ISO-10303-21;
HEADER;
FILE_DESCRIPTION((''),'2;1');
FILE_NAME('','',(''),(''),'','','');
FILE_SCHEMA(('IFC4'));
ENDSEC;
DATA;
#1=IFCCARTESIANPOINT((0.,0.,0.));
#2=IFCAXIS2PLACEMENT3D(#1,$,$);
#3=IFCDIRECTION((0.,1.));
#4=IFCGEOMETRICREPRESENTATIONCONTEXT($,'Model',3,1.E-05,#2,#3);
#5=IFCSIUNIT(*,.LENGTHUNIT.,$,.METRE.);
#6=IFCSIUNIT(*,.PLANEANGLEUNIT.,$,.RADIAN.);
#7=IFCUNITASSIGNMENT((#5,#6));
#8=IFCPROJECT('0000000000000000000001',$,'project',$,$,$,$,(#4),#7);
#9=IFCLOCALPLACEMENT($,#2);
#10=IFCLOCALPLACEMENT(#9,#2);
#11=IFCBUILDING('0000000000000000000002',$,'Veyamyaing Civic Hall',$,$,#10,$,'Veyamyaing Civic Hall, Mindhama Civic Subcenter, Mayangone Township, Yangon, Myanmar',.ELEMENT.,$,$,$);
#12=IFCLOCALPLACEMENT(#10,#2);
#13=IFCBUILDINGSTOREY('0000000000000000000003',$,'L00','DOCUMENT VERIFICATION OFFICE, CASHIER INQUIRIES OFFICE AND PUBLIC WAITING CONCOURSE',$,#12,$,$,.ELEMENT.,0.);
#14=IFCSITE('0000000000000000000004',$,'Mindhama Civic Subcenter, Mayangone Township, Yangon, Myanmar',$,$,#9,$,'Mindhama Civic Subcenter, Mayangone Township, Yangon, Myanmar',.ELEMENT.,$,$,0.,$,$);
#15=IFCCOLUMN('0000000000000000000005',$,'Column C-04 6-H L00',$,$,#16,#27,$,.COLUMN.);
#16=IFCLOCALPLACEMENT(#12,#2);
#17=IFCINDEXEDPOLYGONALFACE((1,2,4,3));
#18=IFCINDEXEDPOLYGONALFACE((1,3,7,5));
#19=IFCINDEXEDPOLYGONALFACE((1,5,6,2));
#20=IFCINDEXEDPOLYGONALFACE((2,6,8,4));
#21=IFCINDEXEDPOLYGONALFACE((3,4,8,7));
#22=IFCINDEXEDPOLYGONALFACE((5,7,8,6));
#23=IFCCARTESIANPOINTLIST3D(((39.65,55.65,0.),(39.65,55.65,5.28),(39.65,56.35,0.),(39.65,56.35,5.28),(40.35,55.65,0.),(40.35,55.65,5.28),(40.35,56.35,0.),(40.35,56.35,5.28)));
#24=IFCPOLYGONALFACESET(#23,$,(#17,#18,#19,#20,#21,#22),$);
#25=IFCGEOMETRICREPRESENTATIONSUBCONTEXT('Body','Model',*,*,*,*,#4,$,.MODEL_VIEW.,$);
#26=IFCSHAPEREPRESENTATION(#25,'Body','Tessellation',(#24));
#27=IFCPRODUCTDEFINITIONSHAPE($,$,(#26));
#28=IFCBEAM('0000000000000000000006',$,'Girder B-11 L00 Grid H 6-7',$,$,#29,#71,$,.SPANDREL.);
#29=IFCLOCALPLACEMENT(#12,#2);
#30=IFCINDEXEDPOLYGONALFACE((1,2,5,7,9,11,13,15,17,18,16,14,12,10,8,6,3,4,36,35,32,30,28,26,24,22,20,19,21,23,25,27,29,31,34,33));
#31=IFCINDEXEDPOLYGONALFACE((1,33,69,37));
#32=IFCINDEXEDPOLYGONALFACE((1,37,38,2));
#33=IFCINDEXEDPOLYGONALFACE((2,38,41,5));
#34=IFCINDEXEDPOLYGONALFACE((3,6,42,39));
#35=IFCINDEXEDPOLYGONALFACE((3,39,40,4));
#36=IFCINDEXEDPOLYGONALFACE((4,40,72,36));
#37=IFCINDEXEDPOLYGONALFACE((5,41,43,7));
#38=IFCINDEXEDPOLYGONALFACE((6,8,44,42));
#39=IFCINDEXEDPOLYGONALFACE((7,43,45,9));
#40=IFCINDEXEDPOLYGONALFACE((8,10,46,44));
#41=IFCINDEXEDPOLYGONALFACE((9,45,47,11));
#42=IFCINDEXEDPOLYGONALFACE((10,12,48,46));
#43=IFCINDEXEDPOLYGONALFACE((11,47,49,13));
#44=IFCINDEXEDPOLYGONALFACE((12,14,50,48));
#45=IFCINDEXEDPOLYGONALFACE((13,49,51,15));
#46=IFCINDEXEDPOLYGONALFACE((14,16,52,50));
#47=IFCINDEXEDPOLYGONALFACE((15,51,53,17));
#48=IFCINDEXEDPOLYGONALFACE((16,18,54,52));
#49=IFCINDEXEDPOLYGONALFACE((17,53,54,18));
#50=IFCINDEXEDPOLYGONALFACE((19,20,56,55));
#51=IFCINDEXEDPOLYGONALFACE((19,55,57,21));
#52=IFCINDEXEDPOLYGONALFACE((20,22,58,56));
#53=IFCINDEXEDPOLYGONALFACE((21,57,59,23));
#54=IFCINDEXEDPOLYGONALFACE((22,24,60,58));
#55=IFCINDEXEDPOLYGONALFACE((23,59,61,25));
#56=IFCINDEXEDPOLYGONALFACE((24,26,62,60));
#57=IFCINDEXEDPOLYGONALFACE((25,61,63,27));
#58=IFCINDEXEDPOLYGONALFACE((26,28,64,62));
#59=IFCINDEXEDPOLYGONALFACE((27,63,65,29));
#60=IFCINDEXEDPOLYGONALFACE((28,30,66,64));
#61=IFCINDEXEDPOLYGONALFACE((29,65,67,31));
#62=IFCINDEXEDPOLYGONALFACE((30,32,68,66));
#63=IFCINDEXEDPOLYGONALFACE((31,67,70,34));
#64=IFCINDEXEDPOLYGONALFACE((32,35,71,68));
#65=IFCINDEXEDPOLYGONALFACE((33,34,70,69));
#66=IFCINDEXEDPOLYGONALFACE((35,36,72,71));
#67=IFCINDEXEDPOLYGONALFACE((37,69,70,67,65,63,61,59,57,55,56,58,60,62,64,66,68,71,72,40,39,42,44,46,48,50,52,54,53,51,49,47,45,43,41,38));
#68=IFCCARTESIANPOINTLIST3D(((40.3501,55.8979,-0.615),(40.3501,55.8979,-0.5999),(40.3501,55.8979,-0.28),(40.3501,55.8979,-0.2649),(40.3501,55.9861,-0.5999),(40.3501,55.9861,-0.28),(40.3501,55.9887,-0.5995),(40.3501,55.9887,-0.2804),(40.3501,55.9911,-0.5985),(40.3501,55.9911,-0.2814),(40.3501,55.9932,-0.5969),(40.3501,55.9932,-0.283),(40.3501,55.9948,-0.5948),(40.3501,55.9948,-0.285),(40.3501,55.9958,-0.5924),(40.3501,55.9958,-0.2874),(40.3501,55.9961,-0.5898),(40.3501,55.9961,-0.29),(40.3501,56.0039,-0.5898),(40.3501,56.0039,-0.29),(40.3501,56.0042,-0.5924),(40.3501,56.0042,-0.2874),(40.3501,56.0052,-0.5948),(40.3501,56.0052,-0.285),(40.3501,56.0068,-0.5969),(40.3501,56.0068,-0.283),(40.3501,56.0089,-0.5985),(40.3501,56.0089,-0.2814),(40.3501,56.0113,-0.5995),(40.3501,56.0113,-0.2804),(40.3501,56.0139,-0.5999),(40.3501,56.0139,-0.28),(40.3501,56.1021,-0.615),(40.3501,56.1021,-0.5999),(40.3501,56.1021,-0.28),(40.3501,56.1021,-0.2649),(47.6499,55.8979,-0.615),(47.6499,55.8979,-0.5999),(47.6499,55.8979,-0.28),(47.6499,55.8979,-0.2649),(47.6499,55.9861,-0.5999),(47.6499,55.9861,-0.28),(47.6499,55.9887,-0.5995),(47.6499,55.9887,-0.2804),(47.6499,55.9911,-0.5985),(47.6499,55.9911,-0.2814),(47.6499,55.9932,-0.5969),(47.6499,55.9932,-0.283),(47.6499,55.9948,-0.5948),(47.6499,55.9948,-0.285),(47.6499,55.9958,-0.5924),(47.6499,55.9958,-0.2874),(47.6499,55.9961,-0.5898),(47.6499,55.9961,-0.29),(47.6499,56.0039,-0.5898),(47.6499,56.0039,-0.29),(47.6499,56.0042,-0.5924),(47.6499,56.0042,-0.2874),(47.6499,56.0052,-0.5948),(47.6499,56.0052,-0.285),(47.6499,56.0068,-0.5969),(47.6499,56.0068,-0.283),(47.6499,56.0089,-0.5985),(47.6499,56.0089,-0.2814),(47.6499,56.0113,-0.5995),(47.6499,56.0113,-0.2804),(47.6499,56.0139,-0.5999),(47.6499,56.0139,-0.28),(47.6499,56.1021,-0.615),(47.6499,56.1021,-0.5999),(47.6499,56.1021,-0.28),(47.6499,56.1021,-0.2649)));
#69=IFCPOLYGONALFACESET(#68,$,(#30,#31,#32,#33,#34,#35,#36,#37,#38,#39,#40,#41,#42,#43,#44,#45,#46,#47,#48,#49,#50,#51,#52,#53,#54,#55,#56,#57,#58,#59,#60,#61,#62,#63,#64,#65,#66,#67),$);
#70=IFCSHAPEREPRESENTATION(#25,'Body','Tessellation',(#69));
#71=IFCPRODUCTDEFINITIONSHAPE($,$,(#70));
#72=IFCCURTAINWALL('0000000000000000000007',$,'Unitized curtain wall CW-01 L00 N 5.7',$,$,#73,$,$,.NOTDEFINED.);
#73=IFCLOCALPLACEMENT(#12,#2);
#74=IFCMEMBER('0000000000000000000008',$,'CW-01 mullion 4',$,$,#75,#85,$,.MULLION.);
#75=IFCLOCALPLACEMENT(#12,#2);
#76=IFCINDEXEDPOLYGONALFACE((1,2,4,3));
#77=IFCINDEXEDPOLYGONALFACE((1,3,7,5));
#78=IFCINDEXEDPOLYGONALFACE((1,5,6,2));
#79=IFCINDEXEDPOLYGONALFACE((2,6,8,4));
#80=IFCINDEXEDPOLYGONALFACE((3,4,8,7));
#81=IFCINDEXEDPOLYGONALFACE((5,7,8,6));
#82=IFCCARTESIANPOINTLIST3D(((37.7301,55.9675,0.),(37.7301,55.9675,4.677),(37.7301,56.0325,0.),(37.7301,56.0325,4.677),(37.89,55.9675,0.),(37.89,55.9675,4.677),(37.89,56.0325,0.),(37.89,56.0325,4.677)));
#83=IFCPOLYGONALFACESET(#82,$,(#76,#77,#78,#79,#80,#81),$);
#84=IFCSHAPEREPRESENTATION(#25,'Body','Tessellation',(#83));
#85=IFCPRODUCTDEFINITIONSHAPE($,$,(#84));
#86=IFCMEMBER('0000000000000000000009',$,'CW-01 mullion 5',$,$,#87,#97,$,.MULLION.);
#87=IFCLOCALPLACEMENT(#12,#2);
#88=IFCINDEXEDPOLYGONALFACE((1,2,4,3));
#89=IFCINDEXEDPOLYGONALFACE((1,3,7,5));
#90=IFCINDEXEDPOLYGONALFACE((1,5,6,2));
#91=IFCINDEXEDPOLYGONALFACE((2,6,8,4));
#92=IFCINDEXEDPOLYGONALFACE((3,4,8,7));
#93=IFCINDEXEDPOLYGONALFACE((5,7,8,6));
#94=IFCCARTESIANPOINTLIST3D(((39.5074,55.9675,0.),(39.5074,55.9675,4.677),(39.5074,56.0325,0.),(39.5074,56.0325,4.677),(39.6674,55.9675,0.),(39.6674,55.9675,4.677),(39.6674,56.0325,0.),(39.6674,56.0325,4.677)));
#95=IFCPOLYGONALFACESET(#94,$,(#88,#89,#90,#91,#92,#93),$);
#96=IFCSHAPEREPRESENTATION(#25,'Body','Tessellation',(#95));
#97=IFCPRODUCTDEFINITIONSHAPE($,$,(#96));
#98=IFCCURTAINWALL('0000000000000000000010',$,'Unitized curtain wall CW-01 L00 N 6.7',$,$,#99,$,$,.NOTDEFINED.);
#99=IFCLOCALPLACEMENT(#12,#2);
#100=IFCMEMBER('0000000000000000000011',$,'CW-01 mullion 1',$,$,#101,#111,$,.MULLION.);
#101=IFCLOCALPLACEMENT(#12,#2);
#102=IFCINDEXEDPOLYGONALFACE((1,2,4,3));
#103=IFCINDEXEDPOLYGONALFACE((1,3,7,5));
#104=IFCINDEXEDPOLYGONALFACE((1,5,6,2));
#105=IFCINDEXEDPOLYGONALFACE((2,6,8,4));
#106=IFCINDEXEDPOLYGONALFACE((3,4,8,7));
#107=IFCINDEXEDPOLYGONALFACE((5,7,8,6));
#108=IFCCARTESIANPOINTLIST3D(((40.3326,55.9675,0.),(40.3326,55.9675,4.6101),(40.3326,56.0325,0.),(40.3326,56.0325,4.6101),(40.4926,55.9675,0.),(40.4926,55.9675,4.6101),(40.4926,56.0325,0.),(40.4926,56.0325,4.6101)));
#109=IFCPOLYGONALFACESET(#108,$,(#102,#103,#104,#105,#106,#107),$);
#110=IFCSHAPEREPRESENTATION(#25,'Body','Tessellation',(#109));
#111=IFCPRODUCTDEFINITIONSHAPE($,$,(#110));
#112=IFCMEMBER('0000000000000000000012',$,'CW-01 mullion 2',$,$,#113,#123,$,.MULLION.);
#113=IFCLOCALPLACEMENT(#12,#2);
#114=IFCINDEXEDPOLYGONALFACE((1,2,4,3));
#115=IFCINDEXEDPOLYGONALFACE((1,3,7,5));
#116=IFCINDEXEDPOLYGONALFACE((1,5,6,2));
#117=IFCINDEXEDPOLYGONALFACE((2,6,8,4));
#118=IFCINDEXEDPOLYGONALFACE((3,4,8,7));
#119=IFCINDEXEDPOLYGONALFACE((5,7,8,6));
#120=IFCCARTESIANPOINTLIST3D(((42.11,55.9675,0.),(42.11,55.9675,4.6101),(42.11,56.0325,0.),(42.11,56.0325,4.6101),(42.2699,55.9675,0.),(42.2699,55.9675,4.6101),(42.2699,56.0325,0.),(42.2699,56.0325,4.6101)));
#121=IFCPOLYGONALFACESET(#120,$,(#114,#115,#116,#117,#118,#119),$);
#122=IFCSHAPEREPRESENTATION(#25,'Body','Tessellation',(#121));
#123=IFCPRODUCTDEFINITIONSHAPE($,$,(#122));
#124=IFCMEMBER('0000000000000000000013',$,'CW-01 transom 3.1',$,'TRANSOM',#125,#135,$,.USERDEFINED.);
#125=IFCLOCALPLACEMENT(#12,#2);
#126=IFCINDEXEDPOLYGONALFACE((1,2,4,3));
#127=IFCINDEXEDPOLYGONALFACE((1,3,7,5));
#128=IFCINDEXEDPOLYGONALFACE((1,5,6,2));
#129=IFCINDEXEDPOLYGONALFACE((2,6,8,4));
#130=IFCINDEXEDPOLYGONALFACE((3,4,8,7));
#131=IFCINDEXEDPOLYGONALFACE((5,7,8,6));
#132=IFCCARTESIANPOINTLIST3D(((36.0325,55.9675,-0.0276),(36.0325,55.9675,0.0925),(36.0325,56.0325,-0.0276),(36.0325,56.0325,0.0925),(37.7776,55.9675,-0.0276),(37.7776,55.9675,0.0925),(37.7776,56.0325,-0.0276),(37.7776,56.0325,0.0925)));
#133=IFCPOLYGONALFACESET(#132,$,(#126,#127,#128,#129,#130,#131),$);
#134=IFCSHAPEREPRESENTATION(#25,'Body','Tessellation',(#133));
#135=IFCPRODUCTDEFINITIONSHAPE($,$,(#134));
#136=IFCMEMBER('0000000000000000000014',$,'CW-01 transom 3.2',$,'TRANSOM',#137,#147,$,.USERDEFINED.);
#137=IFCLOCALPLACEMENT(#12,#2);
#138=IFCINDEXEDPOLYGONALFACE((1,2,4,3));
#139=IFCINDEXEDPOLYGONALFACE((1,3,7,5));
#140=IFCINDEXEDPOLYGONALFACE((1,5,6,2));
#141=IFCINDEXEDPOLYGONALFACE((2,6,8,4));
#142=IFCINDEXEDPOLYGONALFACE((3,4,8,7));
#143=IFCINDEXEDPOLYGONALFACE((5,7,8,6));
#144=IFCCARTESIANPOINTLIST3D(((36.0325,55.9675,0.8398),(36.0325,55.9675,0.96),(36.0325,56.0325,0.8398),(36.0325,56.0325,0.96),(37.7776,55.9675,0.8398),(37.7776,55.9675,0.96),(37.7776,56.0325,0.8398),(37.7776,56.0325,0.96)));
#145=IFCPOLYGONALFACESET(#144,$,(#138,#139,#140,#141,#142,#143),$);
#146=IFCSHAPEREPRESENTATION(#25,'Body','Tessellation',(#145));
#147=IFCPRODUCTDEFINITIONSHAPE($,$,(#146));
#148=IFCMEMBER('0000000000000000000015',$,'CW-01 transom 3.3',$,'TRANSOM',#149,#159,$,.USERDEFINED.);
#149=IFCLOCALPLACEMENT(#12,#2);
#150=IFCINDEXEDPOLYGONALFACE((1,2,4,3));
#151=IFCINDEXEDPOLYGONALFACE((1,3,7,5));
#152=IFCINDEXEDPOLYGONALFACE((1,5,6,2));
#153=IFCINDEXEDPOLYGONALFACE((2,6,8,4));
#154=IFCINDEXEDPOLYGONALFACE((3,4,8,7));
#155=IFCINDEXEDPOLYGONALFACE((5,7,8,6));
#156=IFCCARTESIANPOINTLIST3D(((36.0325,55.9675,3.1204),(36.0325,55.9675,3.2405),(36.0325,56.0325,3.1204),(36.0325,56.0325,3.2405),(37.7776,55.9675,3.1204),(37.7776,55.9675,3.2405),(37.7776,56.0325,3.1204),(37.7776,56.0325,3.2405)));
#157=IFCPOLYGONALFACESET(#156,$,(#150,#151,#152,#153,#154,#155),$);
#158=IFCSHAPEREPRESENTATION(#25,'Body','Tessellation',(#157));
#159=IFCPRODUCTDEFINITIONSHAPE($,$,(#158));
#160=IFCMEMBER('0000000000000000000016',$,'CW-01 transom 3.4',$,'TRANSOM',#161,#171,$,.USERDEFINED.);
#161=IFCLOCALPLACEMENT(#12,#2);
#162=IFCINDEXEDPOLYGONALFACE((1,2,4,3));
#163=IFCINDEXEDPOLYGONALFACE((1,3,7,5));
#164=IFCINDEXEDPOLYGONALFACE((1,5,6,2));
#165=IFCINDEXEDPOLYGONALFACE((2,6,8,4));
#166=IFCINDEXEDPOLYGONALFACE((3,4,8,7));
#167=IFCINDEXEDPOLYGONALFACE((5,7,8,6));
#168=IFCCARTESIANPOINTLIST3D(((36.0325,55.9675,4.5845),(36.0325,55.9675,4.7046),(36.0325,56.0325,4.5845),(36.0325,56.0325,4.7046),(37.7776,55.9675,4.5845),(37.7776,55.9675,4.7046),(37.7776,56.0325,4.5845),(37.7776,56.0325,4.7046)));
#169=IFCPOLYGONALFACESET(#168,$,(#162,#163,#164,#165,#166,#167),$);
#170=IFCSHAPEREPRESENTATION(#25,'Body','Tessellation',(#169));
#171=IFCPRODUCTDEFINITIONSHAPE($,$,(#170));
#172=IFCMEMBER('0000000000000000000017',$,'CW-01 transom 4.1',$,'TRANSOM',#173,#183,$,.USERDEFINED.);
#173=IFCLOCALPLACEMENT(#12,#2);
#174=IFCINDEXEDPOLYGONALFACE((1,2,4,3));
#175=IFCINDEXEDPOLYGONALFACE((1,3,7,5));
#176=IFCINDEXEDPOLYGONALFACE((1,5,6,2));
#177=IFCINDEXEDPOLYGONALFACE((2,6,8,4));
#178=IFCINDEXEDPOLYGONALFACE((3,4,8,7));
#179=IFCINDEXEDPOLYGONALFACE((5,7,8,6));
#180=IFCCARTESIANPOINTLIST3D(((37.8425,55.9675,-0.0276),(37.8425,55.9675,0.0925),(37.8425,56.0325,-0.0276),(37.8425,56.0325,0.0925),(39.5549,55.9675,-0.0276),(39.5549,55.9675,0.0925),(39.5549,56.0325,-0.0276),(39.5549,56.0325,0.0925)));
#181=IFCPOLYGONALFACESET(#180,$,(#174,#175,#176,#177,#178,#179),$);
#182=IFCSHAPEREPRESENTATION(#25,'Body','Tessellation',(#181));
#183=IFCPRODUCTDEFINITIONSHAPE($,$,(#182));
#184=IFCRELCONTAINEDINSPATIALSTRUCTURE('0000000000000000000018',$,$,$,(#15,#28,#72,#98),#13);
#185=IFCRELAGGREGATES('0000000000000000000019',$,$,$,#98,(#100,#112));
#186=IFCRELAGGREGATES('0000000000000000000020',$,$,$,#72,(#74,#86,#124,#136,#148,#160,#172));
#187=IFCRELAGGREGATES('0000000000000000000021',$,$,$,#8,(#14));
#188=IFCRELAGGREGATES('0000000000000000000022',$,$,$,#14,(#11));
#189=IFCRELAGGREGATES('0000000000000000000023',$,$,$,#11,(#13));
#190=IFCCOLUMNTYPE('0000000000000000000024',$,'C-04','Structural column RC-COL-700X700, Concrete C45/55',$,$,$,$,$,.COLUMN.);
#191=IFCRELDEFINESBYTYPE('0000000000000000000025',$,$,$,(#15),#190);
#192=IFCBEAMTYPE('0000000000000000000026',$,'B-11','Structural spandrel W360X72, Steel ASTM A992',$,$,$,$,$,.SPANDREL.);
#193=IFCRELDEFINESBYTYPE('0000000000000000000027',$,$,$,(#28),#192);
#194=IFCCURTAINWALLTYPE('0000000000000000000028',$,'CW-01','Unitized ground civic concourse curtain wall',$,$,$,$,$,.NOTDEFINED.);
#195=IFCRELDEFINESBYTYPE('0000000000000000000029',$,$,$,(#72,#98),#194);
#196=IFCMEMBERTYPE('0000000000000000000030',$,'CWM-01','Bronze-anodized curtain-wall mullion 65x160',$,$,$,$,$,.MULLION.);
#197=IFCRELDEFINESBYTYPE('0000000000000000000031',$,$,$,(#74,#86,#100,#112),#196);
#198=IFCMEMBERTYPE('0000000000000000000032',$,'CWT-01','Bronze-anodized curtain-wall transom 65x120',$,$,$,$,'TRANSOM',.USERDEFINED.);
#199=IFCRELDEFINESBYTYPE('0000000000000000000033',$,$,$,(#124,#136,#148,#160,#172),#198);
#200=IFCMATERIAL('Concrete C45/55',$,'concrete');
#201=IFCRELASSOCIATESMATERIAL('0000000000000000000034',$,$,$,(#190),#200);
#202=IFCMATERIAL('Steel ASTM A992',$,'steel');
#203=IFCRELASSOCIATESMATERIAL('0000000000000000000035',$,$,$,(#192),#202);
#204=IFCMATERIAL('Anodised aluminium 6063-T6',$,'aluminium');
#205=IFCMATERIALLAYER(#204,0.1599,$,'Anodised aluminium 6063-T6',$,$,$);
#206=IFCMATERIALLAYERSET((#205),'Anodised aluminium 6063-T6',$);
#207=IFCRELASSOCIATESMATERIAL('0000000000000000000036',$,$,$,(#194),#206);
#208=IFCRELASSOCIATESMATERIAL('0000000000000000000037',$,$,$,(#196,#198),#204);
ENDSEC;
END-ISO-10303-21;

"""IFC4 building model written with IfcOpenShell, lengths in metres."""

from ifc_helpers import new_model, si_unit, direction, frame, origin, origin_2d, place, context, subcontext, project, spatial, rectangle, i_section, extrude, material, layer, layer_set, material_profile, profile_set, type_object, element, aggregate, save


model = new_model("IFC4")

# Units and contexts
model_context = context("Model", 3, precision=1e-05, world=origin(), true_north=direction((0.0, 1.0)))
body_context = subcontext(model_context, "Body", "Model", "MODEL_VIEW")
ifc_project = project(units=[si_unit("LENGTHUNIT", "METRE"), si_unit("PLANEANGLEUNIT", "RADIAN")], contexts=[model_context])

# Site, building, storey
site_placement = place(None, origin())
site = spatial("IfcSite", under=ifc_project, at=site_placement, Name="Mindhama Civic Subcenter, Mayangone Township, Yangon, Myanmar", LongName="Mindhama Civic Subcenter, Mayangone Township, Yangon, Myanmar", CompositionType="ELEMENT", RefElevation=0.0)
building_placement = place(site_placement, origin())
building = spatial("IfcBuilding", under=site, at=building_placement, Name="Veyamyaing Civic Hall", LongName="Veyamyaing Civic Hall, Mindhama Civic Subcenter, Mayangone Township, Yangon, Myanmar", CompositionType="ELEMENT")
storey_placement = place(building_placement, origin())
storey = spatial("IfcBuildingStorey", under=building, at=storey_placement, Name="L00", Description="DOCUMENT VERIFICATION OFFICE, CASHIER INQUIRIES OFFICE AND PUBLIC WAITING CONCOURSE", CompositionType="ELEMENT", Elevation=0.0)

# Column
ifc_material_1 = material(Name="Concrete C45/55", Category="concrete")
ifc_material_profile_1 = material_profile(ifc_material_1, rectangle(XDim=0.7, YDim=0.7, at=origin_2d()), Name="RC-COL-700X700")
ifc_profile_set_1 = profile_set([ifc_material_profile_1], Name="Concrete C45/55")
column_type = type_object("IfcColumnType", Name="C-04", Description="Structural column RC-COL-700X700, Concrete C45/55", PredefinedType="COLUMN", material=ifc_profile_set_1)
column_placement = place(storey_placement, frame((40.0, 56.0, 0.0), z_axis=(0.0, 0.0, 1.0), x_axis=(1.0, 0.0, 0.0)))
element("IfcColumn", 1, at=column_placement, inside=storey, type_object=column_type, Name="Column C-04 6-H L00", PredefinedType="COLUMN", context=body_context, shape_type="SweptSolid", body=[
    extrude(rectangle(XDim=0.7, YDim=0.7, at=origin_2d()), origin(), (0.0, 0.0, 1.0), 5.28),
])

# Beam
ifc_material_2 = material(Name="Steel ASTM A992", Category="steel")
ifc_material_profile_2 = material_profile(ifc_material_2, i_section(OverallWidth=0.2041, OverallDepth=0.3501, WebThickness=0.0078, FlangeThickness=0.0151, FilletRadius=0.01, at=origin_2d()), Name="W360X72")
ifc_profile_set_2 = profile_set([ifc_material_profile_2], Name="Steel ASTM A992")
beam_type_1 = type_object("IfcBeamType", Name="B-11", Description="Structural spandrel W360X72, Steel ASTM A992", PredefinedType="SPANDREL", material=ifc_profile_set_2)
beam_1_placement = place(storey_placement, frame((40.3501, 56.0, -0.4399), z_axis=(1.0, 0.0, 0.0), x_axis=(0.0, 1.0, 0.0)))
element("IfcBeam", 2, at=beam_1_placement, inside=storey, type_object=beam_type_1, Name="Girder B-11 L00 Grid H 6-7", PredefinedType="SPANDREL", context=body_context, shape_type="SweptSolid", body=[
    extrude(i_section(OverallWidth=0.2041, OverallDepth=0.3501, WebThickness=0.0078, FlangeThickness=0.0151, FilletRadius=0.01, at=origin_2d()), origin(), (0.0, 0.0, 1.0), 7.2998),
])

# Curtain walls, members
ifc_material_3 = material(Name="Anodised aluminium 6063-T6", Category="aluminium")
ifc_layer_1 = layer(ifc_material_3, 0.1599, Name="Anodised aluminium 6063-T6")
ifc_layer_set_1 = layer_set([ifc_layer_1], Name="Anodised aluminium 6063-T6")
curtain_wall_type = type_object("IfcCurtainWallType", Name="CW-01", Description="Unitized ground civic concourse curtain wall", PredefinedType="NOTDEFINED", material=ifc_layer_set_1)
curtain_wall_1_placement = place(storey_placement, origin())
curtain_wall_1 = element("IfcCurtainWall", 3, at=curtain_wall_1_placement, inside=storey, type_object=curtain_wall_type, Name="Unitized curtain wall CW-01 L00 N 5.7", PredefinedType="NOTDEFINED")
ifc_material_profile_3 = material_profile(ifc_material_3, rectangle(XDim=0.0649, YDim=0.1599, at=origin_2d()), Name="ALU-MUL-65X160")
ifc_profile_set_3 = profile_set([ifc_material_profile_3], Name="Anodised aluminium 6063-T6")
member_type_1 = type_object("IfcMemberType", Name="CWM-01", Description="Bronze-anodized curtain-wall mullion 65x160", PredefinedType="MULLION", material=ifc_profile_set_3)
member_1_placement = place(storey_placement, frame((37.8101, 56.0, 0.0), z_axis=(0.0, 0.0, 1.0), x_axis=(0.0, 1.0, 0.0)))
member_1 = element("IfcMember", 4, at=member_1_placement, type_object=member_type_1, Name="CW-01 mullion 4", PredefinedType="MULLION", context=body_context, shape_type="SweptSolid", body=[
    extrude(rectangle(XDim=0.0649, YDim=0.1599, at=origin_2d()), origin(), (0.0, 0.0, 1.0), 4.677),
])
member_2_placement = place(storey_placement, frame((39.5874, 56.0, 0.0), z_axis=(0.0, 0.0, 1.0), x_axis=(0.0, 1.0, 0.0)))
member_2 = element("IfcMember", 5, at=member_2_placement, type_object=member_type_1, Name="CW-01 mullion 5", PredefinedType="MULLION", context=body_context, shape_type="SweptSolid", body=[
    extrude(rectangle(XDim=0.0649, YDim=0.1599, at=origin_2d()), origin(), (0.0, 0.0, 1.0), 4.677),
])
curtain_wall_2_placement = place(storey_placement, origin())
curtain_wall_2 = element("IfcCurtainWall", 6, at=curtain_wall_2_placement, inside=storey, type_object=curtain_wall_type, Name="Unitized curtain wall CW-01 L00 N 6.7", PredefinedType="NOTDEFINED")
member_3_placement = place(storey_placement, frame((40.4126, 56.0, 0.0), z_axis=(0.0, 0.0, 1.0), x_axis=(0.0, 1.0, 0.0)))
member_3 = element("IfcMember", 7, at=member_3_placement, type_object=member_type_1, Name="CW-01 mullion 1", PredefinedType="MULLION", context=body_context, shape_type="SweptSolid", body=[
    extrude(rectangle(XDim=0.0649, YDim=0.1599, at=origin_2d()), origin(), (0.0, 0.0, 1.0), 4.6101),
])
member_4_placement = place(storey_placement, frame((42.1899, 56.0, 0.0), z_axis=(0.0, 0.0, 1.0), x_axis=(0.0, 1.0, 0.0)))
member_4 = element("IfcMember", 8, at=member_4_placement, type_object=member_type_1, Name="CW-01 mullion 2", PredefinedType="MULLION", context=body_context, shape_type="SweptSolid", body=[
    extrude(rectangle(XDim=0.0649, YDim=0.1599, at=origin_2d()), origin(), (0.0, 0.0, 1.0), 4.6101),
])

# Members
ifc_material_profile_4 = material_profile(ifc_material_3, rectangle(XDim=0.0649, YDim=0.1201, at=origin_2d()), Name="ALU-TRN-65X120")
ifc_profile_set_4 = profile_set([ifc_material_profile_4], Name="Anodised aluminium 6063-T6")
member_type_2 = type_object("IfcMemberType", Name="CWT-01", Description="Bronze-anodized curtain-wall transom 65x120", ElementType="TRANSOM", PredefinedType="USERDEFINED", material=ifc_profile_set_4)
member_5_placement = place(storey_placement, frame((36.0325, 56.0, 0.0325), z_axis=(1.0, 0.0, 0.0), x_axis=(0.0, 1.0, 0.0)))
member_5 = element("IfcMember", 9, at=member_5_placement, type_object=member_type_2, Name="CW-01 transom 3.1", ObjectType="TRANSOM", PredefinedType="USERDEFINED", context=body_context, shape_type="SweptSolid", body=[
    extrude(rectangle(XDim=0.0649, YDim=0.1201, at=origin_2d()), origin(), (0.0, 0.0, 1.0), 1.7451),
])
member_6_placement = place(storey_placement, frame((36.0325, 56.0, 0.8999), z_axis=(1.0, 0.0, 0.0), x_axis=(0.0, 1.0, 0.0)))
member_6 = element("IfcMember", 10, at=member_6_placement, type_object=member_type_2, Name="CW-01 transom 3.2", ObjectType="TRANSOM", PredefinedType="USERDEFINED", context=body_context, shape_type="SweptSolid", body=[
    extrude(rectangle(XDim=0.0649, YDim=0.1201, at=origin_2d()), origin(), (0.0, 0.0, 1.0), 1.7451),
])
member_7_placement = place(storey_placement, frame((36.0325, 56.0, 3.1804), z_axis=(1.0, 0.0, 0.0), x_axis=(0.0, 1.0, 0.0)))
member_7 = element("IfcMember", 11, at=member_7_placement, type_object=member_type_2, Name="CW-01 transom 3.3", ObjectType="TRANSOM", PredefinedType="USERDEFINED", context=body_context, shape_type="SweptSolid", body=[
    extrude(rectangle(XDim=0.0649, YDim=0.1201, at=origin_2d()), origin(), (0.0, 0.0, 1.0), 1.7451),
])
member_8_placement = place(storey_placement, frame((36.0325, 56.0, 4.6445), z_axis=(1.0, 0.0, 0.0), x_axis=(0.0, 1.0, 0.0)))
member_8 = element("IfcMember", 12, at=member_8_placement, type_object=member_type_2, Name="CW-01 transom 3.4", ObjectType="TRANSOM", PredefinedType="USERDEFINED", context=body_context, shape_type="SweptSolid", body=[
    extrude(rectangle(XDim=0.0649, YDim=0.1201, at=origin_2d()), origin(), (0.0, 0.0, 1.0), 1.7451),
])
member_9_placement = place(storey_placement, frame((37.8425, 56.0, 0.0325), z_axis=(1.0, 0.0, 0.0), x_axis=(0.0, 1.0, 0.0)))
member_9 = element("IfcMember", 13, at=member_9_placement, type_object=member_type_2, Name="CW-01 transom 4.1", ObjectType="TRANSOM", PredefinedType="USERDEFINED", context=body_context, shape_type="SweptSolid", body=[
    extrude(rectangle(XDim=0.0649, YDim=0.1201, at=origin_2d()), origin(), (0.0, 0.0, 1.0), 1.7124),
])

aggregate(curtain_wall_2, [member_3, member_4])
aggregate(curtain_wall_1, [member_1, member_2, member_5, member_6, member_7, member_8, member_9])

save(model, "model.ifc")
